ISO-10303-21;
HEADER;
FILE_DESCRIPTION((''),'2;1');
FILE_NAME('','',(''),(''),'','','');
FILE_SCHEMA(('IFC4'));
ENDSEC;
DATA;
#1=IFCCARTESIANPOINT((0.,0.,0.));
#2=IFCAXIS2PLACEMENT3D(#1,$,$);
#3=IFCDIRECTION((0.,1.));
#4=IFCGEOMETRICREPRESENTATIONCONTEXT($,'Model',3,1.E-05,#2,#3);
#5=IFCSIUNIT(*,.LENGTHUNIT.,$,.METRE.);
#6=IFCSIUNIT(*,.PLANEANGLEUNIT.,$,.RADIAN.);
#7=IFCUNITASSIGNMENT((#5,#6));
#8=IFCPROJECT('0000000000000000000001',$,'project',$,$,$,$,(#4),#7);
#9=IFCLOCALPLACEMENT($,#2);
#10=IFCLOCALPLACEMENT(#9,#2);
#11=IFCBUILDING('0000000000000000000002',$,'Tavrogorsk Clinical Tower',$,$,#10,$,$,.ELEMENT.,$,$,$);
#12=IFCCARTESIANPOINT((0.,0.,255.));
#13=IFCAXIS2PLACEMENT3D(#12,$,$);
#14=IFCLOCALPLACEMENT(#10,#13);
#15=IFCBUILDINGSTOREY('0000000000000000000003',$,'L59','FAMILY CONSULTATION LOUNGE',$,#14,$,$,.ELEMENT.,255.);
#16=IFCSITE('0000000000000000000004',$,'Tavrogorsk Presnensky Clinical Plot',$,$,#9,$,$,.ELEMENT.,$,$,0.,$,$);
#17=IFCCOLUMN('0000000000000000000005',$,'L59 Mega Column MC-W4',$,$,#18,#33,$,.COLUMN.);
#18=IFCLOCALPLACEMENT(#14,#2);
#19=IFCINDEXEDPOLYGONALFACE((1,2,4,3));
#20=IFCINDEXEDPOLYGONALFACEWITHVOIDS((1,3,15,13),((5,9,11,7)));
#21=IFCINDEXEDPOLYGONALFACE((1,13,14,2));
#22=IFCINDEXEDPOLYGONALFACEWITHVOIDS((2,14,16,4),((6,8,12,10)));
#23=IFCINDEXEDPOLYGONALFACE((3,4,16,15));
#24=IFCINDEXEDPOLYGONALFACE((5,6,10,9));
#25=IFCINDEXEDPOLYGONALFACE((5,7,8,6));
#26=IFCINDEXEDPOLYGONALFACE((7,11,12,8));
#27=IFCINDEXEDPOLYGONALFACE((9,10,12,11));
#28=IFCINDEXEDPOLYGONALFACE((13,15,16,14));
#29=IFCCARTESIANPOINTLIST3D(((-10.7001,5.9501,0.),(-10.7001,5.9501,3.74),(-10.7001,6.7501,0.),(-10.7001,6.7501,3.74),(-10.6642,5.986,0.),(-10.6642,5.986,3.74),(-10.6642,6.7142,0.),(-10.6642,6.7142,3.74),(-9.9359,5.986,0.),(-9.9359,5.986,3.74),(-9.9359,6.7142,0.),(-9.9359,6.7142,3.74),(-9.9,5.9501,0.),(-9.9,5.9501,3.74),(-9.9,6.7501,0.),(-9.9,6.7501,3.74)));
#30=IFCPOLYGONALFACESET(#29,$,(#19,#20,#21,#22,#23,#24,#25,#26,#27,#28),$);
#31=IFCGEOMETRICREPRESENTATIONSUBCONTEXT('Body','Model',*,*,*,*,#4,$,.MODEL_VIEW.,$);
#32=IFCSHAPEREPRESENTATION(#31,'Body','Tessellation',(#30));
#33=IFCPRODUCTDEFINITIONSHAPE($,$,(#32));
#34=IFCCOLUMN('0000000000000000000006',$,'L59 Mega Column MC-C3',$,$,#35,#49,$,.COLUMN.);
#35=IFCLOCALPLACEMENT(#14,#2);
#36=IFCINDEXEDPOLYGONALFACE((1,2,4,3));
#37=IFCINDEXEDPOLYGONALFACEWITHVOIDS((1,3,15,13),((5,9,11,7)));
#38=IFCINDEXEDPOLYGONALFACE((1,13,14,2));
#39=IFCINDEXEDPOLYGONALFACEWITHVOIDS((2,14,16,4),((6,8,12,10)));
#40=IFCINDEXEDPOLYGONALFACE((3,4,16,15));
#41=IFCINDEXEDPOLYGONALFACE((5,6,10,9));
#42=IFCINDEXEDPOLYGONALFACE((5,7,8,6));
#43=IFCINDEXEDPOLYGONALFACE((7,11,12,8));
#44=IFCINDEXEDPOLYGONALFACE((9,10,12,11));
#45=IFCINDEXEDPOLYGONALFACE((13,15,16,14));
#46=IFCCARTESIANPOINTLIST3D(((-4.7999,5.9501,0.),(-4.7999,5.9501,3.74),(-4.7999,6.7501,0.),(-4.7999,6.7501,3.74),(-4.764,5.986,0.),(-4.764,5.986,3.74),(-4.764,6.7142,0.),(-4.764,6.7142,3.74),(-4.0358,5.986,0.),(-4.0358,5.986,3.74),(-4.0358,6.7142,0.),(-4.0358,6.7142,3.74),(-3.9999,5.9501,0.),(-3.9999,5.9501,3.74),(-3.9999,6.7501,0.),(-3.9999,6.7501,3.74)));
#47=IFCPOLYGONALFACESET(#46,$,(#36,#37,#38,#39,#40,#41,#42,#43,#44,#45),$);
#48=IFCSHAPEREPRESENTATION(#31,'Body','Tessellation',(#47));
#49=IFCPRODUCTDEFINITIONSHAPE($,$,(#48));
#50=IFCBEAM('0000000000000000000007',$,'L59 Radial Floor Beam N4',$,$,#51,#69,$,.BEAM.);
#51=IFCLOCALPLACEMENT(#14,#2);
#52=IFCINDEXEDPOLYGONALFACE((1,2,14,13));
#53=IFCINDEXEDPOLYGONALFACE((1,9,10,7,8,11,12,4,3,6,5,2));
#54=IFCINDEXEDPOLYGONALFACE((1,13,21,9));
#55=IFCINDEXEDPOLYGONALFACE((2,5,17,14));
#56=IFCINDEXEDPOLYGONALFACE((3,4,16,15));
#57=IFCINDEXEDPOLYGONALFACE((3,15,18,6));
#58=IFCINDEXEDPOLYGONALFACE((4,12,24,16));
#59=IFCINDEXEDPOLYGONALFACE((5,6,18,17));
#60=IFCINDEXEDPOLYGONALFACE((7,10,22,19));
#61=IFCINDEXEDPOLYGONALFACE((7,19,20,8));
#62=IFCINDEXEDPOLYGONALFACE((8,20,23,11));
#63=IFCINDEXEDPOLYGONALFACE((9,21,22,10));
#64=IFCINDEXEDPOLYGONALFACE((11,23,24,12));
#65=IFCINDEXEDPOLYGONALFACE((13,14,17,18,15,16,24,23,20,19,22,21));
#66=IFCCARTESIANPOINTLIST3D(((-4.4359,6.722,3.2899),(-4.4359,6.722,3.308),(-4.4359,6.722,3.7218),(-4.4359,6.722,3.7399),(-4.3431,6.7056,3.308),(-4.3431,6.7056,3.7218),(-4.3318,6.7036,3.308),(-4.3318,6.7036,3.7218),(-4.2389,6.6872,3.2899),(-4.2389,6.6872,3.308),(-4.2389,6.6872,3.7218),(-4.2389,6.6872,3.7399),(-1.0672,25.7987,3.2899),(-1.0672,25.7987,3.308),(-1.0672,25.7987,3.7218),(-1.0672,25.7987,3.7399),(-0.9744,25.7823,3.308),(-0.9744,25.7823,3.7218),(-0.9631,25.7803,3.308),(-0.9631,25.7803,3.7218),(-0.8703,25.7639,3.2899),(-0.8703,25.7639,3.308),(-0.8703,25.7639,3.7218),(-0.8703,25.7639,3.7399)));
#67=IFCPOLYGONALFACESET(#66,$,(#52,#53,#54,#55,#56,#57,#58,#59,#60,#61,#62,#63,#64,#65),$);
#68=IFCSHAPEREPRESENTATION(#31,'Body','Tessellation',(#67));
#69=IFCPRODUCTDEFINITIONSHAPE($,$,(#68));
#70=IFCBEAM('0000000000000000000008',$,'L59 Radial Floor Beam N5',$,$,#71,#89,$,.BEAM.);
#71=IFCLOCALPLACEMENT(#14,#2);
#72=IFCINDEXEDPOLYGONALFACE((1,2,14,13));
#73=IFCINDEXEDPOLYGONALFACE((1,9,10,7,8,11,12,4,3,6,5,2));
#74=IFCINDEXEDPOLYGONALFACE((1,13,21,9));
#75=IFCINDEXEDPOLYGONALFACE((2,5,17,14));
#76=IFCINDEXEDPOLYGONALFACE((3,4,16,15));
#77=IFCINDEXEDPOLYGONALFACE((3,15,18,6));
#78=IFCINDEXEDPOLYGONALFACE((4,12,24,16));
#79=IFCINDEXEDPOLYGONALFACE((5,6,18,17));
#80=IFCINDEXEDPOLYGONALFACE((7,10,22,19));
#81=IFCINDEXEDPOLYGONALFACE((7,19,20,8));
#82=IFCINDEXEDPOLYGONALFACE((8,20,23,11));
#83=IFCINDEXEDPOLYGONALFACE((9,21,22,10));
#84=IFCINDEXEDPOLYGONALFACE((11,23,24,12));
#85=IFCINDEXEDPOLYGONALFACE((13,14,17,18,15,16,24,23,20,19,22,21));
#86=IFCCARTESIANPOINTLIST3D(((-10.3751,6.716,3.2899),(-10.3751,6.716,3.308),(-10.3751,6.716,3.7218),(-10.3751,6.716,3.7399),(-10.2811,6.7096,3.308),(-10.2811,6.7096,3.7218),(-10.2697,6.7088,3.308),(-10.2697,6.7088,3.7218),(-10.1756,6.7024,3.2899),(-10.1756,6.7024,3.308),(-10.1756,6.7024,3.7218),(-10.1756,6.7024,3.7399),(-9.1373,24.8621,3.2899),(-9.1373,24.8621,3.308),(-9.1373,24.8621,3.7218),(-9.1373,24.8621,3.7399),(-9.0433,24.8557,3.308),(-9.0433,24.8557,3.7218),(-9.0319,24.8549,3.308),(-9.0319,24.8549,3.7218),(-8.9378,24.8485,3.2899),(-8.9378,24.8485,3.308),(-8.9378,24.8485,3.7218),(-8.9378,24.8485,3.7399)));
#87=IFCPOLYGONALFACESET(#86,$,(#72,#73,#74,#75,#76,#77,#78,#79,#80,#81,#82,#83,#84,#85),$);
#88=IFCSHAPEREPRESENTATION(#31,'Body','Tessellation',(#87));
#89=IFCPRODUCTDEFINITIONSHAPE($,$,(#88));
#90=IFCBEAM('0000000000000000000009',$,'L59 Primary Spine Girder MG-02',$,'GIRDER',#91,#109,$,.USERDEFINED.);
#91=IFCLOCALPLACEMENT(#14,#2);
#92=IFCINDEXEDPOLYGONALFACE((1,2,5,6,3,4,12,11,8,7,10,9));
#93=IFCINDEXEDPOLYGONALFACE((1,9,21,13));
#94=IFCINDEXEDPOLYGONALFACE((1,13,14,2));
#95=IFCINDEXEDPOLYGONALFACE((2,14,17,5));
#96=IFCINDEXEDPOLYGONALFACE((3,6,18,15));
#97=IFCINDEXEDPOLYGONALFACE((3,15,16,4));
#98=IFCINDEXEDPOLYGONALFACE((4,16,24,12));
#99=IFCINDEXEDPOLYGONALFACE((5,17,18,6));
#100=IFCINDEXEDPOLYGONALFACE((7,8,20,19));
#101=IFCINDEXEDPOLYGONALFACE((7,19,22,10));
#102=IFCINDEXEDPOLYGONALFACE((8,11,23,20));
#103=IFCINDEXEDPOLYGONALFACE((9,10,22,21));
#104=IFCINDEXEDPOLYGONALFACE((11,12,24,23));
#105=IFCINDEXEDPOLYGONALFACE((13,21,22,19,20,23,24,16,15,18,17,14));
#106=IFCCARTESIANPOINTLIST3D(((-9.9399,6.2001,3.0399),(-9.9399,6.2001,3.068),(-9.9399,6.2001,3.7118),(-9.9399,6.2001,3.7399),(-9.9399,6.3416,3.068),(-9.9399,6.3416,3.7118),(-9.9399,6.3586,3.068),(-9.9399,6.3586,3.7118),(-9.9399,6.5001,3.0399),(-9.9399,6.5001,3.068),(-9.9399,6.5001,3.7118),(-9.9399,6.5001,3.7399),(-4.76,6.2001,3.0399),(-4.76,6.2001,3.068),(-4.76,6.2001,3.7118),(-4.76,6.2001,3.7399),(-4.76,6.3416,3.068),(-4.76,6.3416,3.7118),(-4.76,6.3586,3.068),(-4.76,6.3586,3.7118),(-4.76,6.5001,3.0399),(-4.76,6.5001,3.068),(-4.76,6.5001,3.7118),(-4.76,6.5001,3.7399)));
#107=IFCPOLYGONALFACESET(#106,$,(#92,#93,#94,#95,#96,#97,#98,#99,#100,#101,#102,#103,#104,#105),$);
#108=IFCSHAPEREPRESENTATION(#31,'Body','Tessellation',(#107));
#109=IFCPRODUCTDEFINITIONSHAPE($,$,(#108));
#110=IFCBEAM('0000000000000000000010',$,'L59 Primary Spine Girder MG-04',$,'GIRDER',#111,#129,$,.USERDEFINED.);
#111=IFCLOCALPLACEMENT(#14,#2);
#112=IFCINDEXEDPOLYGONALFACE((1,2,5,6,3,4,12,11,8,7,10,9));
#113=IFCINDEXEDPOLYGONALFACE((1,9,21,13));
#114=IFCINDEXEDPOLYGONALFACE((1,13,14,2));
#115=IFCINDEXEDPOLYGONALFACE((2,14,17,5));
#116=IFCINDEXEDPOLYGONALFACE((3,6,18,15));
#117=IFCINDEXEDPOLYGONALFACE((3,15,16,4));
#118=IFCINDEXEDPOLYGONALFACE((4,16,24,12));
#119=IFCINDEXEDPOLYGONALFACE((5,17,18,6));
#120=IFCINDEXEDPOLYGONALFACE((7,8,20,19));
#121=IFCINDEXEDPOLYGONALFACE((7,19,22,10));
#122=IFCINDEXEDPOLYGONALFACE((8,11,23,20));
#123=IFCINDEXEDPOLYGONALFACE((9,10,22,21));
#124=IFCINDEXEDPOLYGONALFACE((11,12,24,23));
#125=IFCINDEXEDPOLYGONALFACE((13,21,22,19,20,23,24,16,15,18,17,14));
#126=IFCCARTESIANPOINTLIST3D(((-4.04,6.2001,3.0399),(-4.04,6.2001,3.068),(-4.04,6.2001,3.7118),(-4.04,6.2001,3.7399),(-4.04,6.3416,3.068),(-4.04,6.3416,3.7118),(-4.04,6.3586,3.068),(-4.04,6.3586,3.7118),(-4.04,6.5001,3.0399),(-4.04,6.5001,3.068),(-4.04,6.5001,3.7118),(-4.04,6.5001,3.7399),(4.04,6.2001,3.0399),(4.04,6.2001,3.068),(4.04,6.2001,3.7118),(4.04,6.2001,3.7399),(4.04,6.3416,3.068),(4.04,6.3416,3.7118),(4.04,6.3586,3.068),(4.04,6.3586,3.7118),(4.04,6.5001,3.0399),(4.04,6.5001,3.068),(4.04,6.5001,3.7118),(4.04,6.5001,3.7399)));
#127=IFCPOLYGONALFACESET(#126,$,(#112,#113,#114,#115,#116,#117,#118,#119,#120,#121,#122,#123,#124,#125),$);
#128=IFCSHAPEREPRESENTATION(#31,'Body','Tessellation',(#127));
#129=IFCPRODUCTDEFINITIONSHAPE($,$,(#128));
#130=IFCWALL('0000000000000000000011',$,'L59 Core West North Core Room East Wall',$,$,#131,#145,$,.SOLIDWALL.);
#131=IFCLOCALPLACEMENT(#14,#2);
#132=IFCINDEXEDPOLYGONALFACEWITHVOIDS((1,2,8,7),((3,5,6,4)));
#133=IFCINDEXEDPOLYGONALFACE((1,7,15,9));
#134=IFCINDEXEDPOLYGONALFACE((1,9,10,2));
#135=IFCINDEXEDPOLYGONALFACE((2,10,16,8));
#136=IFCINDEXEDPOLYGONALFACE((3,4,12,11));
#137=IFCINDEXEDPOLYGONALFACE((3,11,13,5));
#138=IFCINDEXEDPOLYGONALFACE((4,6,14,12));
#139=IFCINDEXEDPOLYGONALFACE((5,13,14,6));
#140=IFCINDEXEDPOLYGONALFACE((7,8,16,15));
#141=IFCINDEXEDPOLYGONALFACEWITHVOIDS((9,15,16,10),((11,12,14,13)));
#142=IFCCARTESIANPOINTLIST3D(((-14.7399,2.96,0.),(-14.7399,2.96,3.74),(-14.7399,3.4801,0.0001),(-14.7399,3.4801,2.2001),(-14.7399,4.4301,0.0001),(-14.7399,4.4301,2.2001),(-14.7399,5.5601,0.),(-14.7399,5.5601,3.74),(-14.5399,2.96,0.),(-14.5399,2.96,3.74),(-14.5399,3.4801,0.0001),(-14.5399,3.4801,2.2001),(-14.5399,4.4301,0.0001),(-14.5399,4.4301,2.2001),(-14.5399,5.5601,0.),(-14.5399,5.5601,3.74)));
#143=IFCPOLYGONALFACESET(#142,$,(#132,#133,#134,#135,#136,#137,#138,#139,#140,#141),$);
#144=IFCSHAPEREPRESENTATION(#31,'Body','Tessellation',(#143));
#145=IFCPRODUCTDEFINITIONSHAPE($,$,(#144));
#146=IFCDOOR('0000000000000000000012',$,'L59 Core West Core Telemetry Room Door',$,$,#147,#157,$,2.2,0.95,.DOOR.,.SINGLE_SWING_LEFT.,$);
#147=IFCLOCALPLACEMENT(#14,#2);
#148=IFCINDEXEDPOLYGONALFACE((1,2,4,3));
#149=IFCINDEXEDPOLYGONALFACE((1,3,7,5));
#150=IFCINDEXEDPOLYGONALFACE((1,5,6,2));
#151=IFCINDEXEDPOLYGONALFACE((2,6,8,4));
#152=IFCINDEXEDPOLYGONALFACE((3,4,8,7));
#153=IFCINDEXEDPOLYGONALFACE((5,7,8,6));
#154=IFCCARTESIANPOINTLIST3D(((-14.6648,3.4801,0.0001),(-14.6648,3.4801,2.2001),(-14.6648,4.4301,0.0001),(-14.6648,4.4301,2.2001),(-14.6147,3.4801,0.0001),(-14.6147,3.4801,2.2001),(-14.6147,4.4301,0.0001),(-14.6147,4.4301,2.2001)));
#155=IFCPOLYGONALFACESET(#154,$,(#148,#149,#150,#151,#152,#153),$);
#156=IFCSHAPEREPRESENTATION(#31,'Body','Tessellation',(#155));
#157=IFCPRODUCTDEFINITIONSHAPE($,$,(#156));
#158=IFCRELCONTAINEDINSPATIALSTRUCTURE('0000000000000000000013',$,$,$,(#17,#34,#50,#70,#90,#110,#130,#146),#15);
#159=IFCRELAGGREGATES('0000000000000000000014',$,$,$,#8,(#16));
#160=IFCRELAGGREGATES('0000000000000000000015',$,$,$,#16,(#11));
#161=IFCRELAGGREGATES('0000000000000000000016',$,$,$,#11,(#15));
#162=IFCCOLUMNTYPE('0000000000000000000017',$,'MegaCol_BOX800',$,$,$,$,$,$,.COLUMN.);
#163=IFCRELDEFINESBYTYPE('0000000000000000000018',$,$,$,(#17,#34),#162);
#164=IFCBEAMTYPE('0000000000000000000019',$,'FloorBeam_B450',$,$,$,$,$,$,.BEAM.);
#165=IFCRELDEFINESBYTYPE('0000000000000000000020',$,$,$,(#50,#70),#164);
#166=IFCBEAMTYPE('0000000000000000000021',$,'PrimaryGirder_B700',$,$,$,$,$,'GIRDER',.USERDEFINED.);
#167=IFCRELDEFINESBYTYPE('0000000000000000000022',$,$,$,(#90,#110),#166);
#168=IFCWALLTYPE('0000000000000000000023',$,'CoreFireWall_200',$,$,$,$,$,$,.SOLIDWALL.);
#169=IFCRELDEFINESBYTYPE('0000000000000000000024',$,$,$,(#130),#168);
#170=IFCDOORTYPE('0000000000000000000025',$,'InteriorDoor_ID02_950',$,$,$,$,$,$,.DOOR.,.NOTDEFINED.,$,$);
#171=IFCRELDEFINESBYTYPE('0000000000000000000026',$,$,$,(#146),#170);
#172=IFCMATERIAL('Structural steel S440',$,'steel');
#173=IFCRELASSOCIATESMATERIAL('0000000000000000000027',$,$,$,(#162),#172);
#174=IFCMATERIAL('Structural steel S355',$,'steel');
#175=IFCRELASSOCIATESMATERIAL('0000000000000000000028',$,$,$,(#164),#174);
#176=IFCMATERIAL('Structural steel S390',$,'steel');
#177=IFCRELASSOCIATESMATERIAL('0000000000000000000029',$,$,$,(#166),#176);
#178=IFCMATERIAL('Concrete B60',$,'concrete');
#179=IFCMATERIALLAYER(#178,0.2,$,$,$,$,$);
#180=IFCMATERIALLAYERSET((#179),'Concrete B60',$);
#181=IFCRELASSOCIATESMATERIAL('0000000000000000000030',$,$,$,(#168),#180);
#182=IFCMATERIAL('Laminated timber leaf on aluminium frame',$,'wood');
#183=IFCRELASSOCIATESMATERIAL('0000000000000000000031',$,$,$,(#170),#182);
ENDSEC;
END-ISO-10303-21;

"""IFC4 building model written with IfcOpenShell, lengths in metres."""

from ifc_helpers import new_model, si_unit, direction, frame, frame_2d, origin, origin_2d, place, context, subcontext, project, spatial, rectangle, hollow_rectangle, i_section, extrude, material, layer, layer_set, material_profile, profile_set, type_object, element, fill, save


model = new_model("IFC4")

# Units and contexts
model_context = context("Model", 3, precision=1e-05, world=origin(), true_north=direction((0.0, 1.0)))
body_context = subcontext(model_context, "Body", "Model", "MODEL_VIEW")
ifc_project = project(units=[si_unit("LENGTHUNIT", "METRE"), si_unit("PLANEANGLEUNIT", "RADIAN")], contexts=[model_context])

# Site, building, storey
site_placement = place(None, origin())
site = spatial("IfcSite", under=ifc_project, at=site_placement, Name="Tavrogorsk Presnensky Clinical Plot", CompositionType="ELEMENT", RefElevation=0.0)
building_placement = place(site_placement, origin())
building = spatial("IfcBuilding", under=site, at=building_placement, Name="Tavrogorsk Clinical Tower", CompositionType="ELEMENT")
storey_placement = place(building_placement, frame((0.0, 0.0, 255.0)))
storey = spatial("IfcBuildingStorey", under=building, at=storey_placement, Name="L59", Description="FAMILY CONSULTATION LOUNGE", CompositionType="ELEMENT", Elevation=255.0)

# Columns
ifc_material_1 = material(Name="Structural steel S440", Category="steel")
ifc_material_profile_1 = material_profile(ifc_material_1, hollow_rectangle(XDim=0.8, YDim=0.8, WallThickness=0.0359, at=origin_2d()), Name="BOX-800x800x36")
ifc_profile_set_1 = profile_set([ifc_material_profile_1], Name="Structural steel S440")
column_type = type_object("IfcColumnType", Name="MegaCol_BOX800", PredefinedType="COLUMN", material=ifc_profile_set_1)
for number, where, z_axis, x_axis, name in (
    (1, (-10.3, 6.3501, 0.0), (0.0, 0.0, 1.0), (1.0, 0.0, 0.0), "L59 Mega Column MC-W4"),
    (2, (-4.3999, 6.3501, 0.0), (0.0, 0.0, 1.0), (1.0, 0.0, 0.0), "L59 Mega Column MC-C3"),
):
    element("IfcColumn", number, at=place(storey_placement, frame(where, z_axis=z_axis, x_axis=x_axis)), inside=storey, type_object=column_type, Name=name, PredefinedType="COLUMN", context=body_context, shape_type="SweptSolid", body=[
        extrude(hollow_rectangle(XDim=0.8, YDim=0.8, WallThickness=0.0359, at=origin_2d()), origin(), (0.0, 0.0, 1.0), 3.74),
    ])

# Beams
ifc_material_2 = material(Name="Structural steel S355", Category="steel")
ifc_material_profile_2 = material_profile(ifc_material_2, i_section(OverallWidth=0.2, OverallDepth=0.45, WebThickness=0.0115, FlangeThickness=0.0181, at=origin_2d()), Name="B-450x200x11.5x18")
ifc_profile_set_2 = profile_set([ifc_material_profile_2], Name="Structural steel S355")
beam_type_1 = type_object("IfcBeamType", Name="FloorBeam_B450", PredefinedType="BEAM", material=ifc_profile_set_2)
beam_1_placement = place(storey_placement, frame((-4.3374, 6.7046, 3.5149), z_axis=(0.173895, 0.984764, 0.0), x_axis=(-0.984764, 0.173895, 0.0)))
element("IfcBeam", 3, at=beam_1_placement, inside=storey, type_object=beam_type_1, Name="L59 Radial Floor Beam N4", PredefinedType="BEAM", context=body_context, shape_type="SweptSolid", body=[
    extrude(i_section(OverallWidth=0.2, OverallDepth=0.45, WebThickness=0.0115, FlangeThickness=0.0181, at=origin_2d()), origin(), (0.0, 0.0, 1.0), 19.3718),
])
beam_2_placement = place(storey_placement, frame((-10.2754, 6.7092, 3.5149), z_axis=(0.068055, 0.997682, 0.0), x_axis=(-0.997682, 0.068055, 0.0)))
element("IfcBeam", 4, at=beam_2_placement, inside=storey, type_object=beam_type_1, Name="L59 Radial Floor Beam N5", PredefinedType="BEAM", context=body_context, shape_type="SweptSolid", body=[
    extrude(i_section(OverallWidth=0.2, OverallDepth=0.45, WebThickness=0.0115, FlangeThickness=0.0181, at=origin_2d()), origin(), (0.0, 0.0, 1.0), 18.1882),
])
ifc_material_3 = material(Name="Structural steel S390", Category="steel")
ifc_material_profile_3 = material_profile(ifc_material_3, i_section(OverallWidth=0.3, OverallDepth=0.7, WebThickness=0.0171, FlangeThickness=0.0281, at=origin_2d()), Name="B-700x300x17x28")
ifc_profile_set_3 = profile_set([ifc_material_profile_3], Name="Structural steel S390")
beam_type_2 = type_object("IfcBeamType", Name="PrimaryGirder_B700", ElementType="GIRDER", PredefinedType="USERDEFINED", material=ifc_profile_set_3)
beam_3_placement = place(storey_placement, frame((-9.9399, 6.3501, 3.3899), z_axis=(1.0, 0.0, 0.0), x_axis=(0.0, 1.0, 0.0)))
element("IfcBeam", 5, at=beam_3_placement, inside=storey, type_object=beam_type_2, Name="L59 Primary Spine Girder MG-02", ObjectType="GIRDER", PredefinedType="USERDEFINED", context=body_context, shape_type="SweptSolid", body=[
    extrude(i_section(OverallWidth=0.3, OverallDepth=0.7, WebThickness=0.0171, FlangeThickness=0.0281, at=origin_2d()), origin(), (0.0, 0.0, 1.0), 5.1799),
])
beam_4_placement = place(storey_placement, frame((-4.04, 6.3501, 3.3899), z_axis=(1.0, 0.0, 0.0), x_axis=(0.0, 1.0, 0.0)))
element("IfcBeam", 6, at=beam_4_placement, inside=storey, type_object=beam_type_2, Name="L59 Primary Spine Girder MG-04", ObjectType="GIRDER", PredefinedType="USERDEFINED", context=body_context, shape_type="SweptSolid", body=[
    extrude(i_section(OverallWidth=0.3, OverallDepth=0.7, WebThickness=0.0171, FlangeThickness=0.0281, at=origin_2d()), origin(), (0.0, 0.0, 1.0), 8.0801),
])

# Wall, opening, door
ifc_material_4 = material(Name="Concrete B60", Category="concrete")
ifc_layer_1 = layer(ifc_material_4, 0.2)
ifc_layer_set_1 = layer_set([ifc_layer_1], Name="Concrete B60")
wall_type_1 = type_object("IfcWallType", Name="CoreFireWall_200", PredefinedType="SOLIDWALL", material=ifc_layer_set_1)
wall_1_placement = place(storey_placement, frame((-14.6399, 2.96, 0.0), z_axis=(0.0, 0.0, 1.0), x_axis=(0.0, 1.0, 0.0)))
wall_1 = element("IfcWall", 7, at=wall_1_placement, inside=storey, type_object=wall_type_1, Name="L59 Core West North Core Room East Wall", PredefinedType="SOLIDWALL", context=body_context, shape_type="SweptSolid", body=[
    extrude(rectangle(XDim=2.6001, YDim=0.2, at=frame_2d((1.3, 0.0))), origin(), (0.0, 0.0, 1.0), 3.74),
])
opening_1_placement = place(wall_1_placement, frame((0.52, 0.0, 0.0)))
opening_1 = element("IfcOpeningElement", 8, at=opening_1_placement, cuts=wall_1, PredefinedType="OPENING", context=body_context, shape_type="SweptSolid", body=[
    extrude(rectangle(XDim=0.95, YDim=2.2, at=frame_2d((0.4751, 1.1001))), frame((0.0, 0.1099, 0.0), z_axis=(0.0, -1.0, 0.0), x_axis=(1.0, 0.0, 0.0)), (0.0, 0.0, 1.0), 0.22),
])
ifc_material_5 = material(Name="Laminated timber leaf on aluminium frame", Category="wood")
door_type_1 = type_object("IfcDoorType", Name="InteriorDoor_ID02_950", OperationType="NOTDEFINED", PredefinedType="DOOR", material=ifc_material_5)
door_1_placement = place(opening_1_placement, origin())
door_1 = element("IfcDoor", 9, at=door_1_placement, inside=storey, type_object=door_type_1, Name="L59 Core West Core Telemetry Room Door", OperationType="SINGLE_SWING_LEFT", OverallHeight=2.2, OverallWidth=0.95, PredefinedType="DOOR", context=body_context, shape_type="SweptSolid", body=[
    extrude(rectangle(XDim=0.95, YDim=2.2, at=frame_2d((0.4751, 1.1001))), frame((0.0, 0.0249, 0.0), z_axis=(0.0, -1.0, 0.0), x_axis=(1.0, 0.0, 0.0)), (0.0, 0.0, 1.0), 0.05),
])
fill(opening_1, door_1)

save(model, "model.ifc")
